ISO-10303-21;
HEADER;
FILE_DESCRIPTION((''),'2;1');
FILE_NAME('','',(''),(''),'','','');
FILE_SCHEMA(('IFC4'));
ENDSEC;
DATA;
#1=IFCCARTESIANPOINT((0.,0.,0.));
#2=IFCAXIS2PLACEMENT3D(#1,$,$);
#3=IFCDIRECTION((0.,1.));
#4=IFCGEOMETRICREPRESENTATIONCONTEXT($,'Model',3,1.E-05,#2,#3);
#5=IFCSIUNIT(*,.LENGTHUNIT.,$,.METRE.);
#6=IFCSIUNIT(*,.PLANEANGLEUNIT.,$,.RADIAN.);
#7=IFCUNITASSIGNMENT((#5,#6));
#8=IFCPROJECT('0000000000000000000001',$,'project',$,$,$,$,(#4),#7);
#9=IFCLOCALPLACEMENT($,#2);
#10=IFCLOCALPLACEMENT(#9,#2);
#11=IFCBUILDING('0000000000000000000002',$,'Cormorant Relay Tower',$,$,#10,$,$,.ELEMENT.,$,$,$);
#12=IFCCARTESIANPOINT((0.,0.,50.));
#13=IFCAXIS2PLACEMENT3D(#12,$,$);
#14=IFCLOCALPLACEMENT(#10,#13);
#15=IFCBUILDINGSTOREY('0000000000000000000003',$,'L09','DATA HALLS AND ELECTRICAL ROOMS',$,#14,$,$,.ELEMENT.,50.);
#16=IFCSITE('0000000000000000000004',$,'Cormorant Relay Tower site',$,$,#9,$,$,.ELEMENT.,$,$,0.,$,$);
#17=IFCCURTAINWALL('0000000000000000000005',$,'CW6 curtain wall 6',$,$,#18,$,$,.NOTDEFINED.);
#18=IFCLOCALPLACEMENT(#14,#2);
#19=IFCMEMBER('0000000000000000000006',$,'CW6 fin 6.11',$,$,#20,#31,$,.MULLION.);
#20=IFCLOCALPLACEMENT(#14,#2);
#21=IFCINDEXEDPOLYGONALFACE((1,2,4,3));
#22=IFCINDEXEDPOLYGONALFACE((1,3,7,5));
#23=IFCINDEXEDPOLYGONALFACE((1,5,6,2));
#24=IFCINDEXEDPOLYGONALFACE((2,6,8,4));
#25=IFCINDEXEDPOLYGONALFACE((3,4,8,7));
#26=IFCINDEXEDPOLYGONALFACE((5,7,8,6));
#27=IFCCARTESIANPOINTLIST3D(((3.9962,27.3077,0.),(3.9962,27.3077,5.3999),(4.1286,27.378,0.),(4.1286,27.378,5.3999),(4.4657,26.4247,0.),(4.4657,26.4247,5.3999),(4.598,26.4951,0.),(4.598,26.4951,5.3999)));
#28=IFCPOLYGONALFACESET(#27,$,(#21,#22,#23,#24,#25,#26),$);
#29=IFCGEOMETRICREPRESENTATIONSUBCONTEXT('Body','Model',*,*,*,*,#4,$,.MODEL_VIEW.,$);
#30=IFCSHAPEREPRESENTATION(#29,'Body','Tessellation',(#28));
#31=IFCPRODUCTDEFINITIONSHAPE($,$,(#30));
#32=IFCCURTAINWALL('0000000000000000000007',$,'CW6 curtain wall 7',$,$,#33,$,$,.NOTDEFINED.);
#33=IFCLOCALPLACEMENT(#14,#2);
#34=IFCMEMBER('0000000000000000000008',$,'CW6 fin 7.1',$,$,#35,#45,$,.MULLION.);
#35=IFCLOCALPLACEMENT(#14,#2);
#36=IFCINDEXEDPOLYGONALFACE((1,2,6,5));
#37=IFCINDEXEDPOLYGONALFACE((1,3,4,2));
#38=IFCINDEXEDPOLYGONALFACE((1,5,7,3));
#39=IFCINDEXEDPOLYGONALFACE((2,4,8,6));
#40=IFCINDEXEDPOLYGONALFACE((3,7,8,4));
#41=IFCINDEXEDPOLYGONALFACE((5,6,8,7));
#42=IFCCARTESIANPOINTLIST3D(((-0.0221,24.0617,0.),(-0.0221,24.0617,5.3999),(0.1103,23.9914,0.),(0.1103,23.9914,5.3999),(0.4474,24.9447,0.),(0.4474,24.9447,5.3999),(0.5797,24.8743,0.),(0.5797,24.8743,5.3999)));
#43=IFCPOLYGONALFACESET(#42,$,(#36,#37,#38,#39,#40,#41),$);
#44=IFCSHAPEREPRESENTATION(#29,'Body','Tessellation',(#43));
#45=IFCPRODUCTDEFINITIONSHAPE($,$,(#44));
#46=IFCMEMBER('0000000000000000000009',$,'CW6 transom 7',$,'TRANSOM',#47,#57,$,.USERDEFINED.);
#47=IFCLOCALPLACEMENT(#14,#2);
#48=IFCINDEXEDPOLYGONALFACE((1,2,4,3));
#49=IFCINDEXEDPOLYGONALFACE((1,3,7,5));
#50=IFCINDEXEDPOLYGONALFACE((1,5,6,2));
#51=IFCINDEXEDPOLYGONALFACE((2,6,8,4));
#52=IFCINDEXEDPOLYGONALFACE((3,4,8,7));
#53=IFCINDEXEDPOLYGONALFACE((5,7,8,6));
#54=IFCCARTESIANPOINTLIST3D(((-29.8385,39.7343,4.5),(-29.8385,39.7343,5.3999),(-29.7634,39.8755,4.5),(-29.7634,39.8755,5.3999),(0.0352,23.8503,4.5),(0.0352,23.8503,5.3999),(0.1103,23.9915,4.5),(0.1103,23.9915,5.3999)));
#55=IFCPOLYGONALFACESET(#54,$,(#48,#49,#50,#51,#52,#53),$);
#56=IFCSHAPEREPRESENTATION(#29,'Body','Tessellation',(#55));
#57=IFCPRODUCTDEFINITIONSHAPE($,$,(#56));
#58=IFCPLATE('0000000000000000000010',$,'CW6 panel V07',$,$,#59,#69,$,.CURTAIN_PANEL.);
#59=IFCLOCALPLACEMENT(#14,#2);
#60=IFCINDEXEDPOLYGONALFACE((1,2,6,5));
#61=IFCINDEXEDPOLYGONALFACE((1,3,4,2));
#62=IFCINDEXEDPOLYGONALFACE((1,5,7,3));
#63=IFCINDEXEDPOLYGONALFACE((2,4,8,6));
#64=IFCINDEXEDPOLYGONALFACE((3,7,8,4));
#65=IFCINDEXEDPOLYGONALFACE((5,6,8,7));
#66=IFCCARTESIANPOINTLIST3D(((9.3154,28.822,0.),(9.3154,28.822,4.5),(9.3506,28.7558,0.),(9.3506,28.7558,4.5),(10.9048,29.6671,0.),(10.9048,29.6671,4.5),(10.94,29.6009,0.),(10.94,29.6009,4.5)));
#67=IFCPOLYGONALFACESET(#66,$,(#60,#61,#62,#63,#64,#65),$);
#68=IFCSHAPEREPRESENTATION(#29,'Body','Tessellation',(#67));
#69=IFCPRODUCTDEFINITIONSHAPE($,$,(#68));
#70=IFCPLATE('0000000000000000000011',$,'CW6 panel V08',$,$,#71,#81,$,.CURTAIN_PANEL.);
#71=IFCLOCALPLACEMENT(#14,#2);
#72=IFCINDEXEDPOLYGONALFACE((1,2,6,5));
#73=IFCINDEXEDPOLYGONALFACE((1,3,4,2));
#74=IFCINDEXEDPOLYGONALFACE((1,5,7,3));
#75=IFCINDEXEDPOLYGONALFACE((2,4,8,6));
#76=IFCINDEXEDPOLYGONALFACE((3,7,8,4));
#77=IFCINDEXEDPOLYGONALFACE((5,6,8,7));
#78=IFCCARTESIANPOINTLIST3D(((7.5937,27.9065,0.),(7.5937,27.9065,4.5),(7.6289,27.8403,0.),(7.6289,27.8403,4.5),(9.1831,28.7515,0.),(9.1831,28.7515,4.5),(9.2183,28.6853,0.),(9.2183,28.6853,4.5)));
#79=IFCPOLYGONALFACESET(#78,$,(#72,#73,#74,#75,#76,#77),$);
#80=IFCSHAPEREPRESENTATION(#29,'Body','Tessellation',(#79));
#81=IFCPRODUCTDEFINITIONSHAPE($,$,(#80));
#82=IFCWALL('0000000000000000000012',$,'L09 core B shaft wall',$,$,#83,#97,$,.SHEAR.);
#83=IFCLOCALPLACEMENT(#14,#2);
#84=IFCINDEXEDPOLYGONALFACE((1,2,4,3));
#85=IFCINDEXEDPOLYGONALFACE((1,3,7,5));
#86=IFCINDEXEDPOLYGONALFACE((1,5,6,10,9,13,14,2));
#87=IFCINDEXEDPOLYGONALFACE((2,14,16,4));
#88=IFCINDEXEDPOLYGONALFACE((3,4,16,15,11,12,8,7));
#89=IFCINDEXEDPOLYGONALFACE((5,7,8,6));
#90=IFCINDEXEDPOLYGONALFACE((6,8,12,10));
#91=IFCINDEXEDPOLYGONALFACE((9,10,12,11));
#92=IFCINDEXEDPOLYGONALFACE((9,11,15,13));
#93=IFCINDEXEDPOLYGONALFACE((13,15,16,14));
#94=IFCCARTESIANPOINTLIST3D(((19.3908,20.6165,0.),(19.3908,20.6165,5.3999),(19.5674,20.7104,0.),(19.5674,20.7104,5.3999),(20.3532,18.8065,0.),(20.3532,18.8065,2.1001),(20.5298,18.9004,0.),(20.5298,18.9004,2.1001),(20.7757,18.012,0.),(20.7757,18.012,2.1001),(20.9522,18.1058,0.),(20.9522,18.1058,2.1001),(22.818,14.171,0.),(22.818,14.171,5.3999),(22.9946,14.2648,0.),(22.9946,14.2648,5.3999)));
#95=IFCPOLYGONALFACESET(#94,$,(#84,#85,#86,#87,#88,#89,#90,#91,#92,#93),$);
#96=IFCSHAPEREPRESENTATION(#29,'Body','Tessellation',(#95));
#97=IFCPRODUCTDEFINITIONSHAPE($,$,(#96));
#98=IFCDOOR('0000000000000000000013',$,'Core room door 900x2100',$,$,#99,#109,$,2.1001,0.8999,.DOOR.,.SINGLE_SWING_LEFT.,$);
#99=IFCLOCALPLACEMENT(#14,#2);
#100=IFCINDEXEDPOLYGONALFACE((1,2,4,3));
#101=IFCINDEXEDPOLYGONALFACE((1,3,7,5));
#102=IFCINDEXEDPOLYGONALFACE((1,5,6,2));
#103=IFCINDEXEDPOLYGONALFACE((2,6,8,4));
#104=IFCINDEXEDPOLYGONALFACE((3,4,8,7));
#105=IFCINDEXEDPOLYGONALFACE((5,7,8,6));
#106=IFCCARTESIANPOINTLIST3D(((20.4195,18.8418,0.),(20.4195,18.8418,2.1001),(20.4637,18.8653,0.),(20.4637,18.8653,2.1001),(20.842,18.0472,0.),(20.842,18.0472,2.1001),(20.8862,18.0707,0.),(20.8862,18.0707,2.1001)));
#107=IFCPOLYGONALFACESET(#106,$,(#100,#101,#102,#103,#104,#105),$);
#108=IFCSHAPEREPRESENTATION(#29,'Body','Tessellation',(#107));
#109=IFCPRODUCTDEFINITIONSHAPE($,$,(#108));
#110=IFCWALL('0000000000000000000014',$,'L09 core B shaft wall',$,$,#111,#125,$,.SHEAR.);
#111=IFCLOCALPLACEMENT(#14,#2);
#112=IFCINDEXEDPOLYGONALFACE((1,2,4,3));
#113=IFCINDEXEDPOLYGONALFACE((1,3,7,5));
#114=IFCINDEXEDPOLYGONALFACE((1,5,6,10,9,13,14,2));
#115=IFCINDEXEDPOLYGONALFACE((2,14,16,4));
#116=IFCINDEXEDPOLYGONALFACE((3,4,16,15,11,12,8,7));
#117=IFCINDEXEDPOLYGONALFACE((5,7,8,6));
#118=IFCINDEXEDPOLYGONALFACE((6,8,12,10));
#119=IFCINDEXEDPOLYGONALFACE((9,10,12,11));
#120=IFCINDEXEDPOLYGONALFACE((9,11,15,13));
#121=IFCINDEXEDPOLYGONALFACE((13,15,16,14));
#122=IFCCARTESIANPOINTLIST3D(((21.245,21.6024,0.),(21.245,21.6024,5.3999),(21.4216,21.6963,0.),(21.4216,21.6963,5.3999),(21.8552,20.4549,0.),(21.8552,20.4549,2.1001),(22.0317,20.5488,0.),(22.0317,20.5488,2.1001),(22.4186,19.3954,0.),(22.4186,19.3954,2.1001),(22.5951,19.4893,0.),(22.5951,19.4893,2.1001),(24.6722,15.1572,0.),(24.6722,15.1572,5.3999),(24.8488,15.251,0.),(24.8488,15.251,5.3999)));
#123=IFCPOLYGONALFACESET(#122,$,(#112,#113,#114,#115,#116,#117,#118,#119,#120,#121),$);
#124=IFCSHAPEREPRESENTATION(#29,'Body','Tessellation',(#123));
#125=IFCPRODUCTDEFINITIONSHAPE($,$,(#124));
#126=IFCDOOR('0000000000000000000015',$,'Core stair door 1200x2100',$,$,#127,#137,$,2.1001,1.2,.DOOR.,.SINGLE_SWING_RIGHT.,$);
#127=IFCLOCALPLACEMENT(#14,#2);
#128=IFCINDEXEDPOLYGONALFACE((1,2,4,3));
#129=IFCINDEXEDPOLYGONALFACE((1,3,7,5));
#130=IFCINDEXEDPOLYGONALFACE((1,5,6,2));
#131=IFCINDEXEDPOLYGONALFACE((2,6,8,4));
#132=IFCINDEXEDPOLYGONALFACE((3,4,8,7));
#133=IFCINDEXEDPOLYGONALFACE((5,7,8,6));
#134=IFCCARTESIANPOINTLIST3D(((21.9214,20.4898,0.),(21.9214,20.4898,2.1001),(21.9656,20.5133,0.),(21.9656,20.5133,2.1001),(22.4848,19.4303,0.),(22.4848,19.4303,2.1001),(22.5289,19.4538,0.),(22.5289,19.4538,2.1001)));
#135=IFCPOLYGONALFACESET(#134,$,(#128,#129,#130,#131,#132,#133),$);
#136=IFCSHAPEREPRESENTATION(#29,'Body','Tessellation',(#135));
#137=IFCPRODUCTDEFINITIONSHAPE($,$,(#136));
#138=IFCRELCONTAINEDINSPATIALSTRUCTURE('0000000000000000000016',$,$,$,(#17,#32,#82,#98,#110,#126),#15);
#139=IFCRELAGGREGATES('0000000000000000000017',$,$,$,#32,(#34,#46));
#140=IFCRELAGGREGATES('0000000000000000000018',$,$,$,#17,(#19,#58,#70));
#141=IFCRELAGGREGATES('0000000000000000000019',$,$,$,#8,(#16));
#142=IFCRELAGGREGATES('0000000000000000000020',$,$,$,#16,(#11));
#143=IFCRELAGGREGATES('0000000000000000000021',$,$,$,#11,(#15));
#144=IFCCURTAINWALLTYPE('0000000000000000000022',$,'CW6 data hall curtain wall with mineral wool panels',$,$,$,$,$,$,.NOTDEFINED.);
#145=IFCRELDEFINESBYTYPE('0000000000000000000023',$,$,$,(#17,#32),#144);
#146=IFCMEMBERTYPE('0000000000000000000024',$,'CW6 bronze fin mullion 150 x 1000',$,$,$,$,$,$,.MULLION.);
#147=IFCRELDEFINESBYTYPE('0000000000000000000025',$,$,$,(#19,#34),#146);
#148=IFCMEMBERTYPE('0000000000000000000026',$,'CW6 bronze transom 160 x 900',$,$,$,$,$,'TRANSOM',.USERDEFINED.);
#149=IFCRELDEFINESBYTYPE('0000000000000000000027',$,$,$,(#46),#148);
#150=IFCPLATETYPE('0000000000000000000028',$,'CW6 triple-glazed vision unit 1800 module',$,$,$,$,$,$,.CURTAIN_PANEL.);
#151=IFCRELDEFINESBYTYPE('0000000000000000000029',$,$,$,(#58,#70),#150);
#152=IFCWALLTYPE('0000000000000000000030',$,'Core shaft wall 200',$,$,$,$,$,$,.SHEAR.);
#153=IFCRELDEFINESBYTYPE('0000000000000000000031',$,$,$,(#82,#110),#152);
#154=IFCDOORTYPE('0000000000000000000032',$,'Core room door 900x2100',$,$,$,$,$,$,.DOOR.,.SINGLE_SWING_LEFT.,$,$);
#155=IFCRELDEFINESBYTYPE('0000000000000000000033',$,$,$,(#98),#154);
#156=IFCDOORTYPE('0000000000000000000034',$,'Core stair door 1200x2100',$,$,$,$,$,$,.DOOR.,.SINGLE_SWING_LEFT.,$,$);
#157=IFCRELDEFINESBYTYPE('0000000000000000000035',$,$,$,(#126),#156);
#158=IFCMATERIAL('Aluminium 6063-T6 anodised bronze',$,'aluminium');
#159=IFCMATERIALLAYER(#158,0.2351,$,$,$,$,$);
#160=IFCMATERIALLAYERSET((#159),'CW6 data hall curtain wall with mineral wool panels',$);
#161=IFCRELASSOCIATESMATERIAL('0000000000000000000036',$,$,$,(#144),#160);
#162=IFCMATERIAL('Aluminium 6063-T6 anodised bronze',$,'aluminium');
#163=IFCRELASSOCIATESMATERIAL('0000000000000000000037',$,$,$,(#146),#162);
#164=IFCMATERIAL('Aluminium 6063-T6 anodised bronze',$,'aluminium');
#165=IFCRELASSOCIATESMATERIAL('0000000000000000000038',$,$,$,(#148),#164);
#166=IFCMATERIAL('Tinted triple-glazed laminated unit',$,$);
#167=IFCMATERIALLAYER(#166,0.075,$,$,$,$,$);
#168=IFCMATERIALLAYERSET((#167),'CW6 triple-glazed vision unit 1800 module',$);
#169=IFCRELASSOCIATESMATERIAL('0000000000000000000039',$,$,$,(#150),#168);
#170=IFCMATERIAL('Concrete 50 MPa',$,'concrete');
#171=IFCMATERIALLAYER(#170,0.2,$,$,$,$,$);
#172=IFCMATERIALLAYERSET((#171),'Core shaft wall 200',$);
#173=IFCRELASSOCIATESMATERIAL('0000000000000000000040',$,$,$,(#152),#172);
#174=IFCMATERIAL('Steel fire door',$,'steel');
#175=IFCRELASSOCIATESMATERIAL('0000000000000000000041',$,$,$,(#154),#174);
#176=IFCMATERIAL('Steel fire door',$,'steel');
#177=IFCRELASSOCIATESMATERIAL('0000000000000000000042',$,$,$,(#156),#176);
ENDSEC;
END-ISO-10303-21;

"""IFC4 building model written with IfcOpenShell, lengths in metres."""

from ifc_helpers import new_model, si_unit, direction, frame, frame_2d, origin, origin_2d, place, context, subcontext, project, spatial, rectangle, extrude, material, layer, layer_set, material_profile, profile_set, type_object, element, fill, aggregate, save


model = new_model("IFC4")

# Units and contexts
model_context = context("Model", 3, precision=1e-05, world=origin(), true_north=direction((0.0, 1.0)))
body_context = subcontext(model_context, "Body", "Model", "MODEL_VIEW")
ifc_project = project(units=[si_unit("LENGTHUNIT", "METRE"), si_unit("PLANEANGLEUNIT", "RADIAN")], contexts=[model_context])

# Site, building, storey
site_placement = place(None, origin())
site = spatial("IfcSite", under=ifc_project, at=site_placement, Name="Cormorant Relay Tower site", CompositionType="ELEMENT", RefElevation=0.0)
building_placement = place(site_placement, origin())
building = spatial("IfcBuilding", under=site, at=building_placement, Name="Cormorant Relay Tower", CompositionType="ELEMENT")
storey_placement = place(building_placement, frame((0.0, 0.0, 50.0)))
storey = spatial("IfcBuildingStorey", under=building, at=storey_placement, Name="L09", Description="DATA HALLS AND ELECTRICAL ROOMS", CompositionType="ELEMENT", Elevation=50.0)

# Curtain walls, members
ifc_material_1 = material(Name="Aluminium 6063-T6 anodised bronze", Category="aluminium")
ifc_layer_1 = layer(ifc_material_1, 0.2351)
ifc_layer_set_1 = layer_set([ifc_layer_1], Name="CW6 data hall curtain wall with mineral wool panels")
curtain_wall_type = type_object("IfcCurtainWallType", Name="CW6 data hall curtain wall with mineral wool panels", PredefinedType="NOTDEFINED", material=ifc_layer_set_1)
curtain_wall_1_placement = place(storey_placement, origin())
curtain_wall_1 = element("IfcCurtainWall", 1, at=curtain_wall_1_placement, inside=storey, type_object=curtain_wall_type, Name="CW6 curtain wall 6", PredefinedType="NOTDEFINED")
ifc_material_2 = material(Name="Aluminium 6063-T6 anodised bronze", Category="aluminium")
ifc_material_profile_1 = material_profile(ifc_material_2, rectangle(XDim=0.1499, YDim=1.0, at=origin_2d()), Name="AL 150x1000")
ifc_profile_set_1 = profile_set([ifc_material_profile_1], Name="Aluminium 6063-T6 anodised bronze")
member_type_1 = type_object("IfcMemberType", Name="CW6 bronze fin mullion 150 x 1000", PredefinedType="MULLION", material=ifc_profile_set_1)
member_1_placement = place(storey_placement, frame((4.2971, 26.9014, 0.0), z_axis=(0.0, 0.0, 1.0), x_axis=(-0.882948, -0.469472, 0.0)))
member_1 = element("IfcMember", 2, at=member_1_placement, type_object=member_type_1, Name="CW6 fin 6.11", PredefinedType="MULLION", context=body_context, shape_type="SweptSolid", body=[
    extrude(rectangle(XDim=0.1499, YDim=1.0, at=origin_2d()), origin(), (0.0, 0.0, 1.0), 5.3999),
])
curtain_wall_2_placement = place(storey_placement, origin())
curtain_wall_2 = element("IfcCurtainWall", 3, at=curtain_wall_2_placement, inside=storey, type_object=curtain_wall_type, Name="CW6 curtain wall 7", PredefinedType="NOTDEFINED")
member_2_placement = place(storey_placement, frame((0.2788, 24.468, 0.0), z_axis=(0.0, 0.0, 1.0), x_axis=(-0.882948, 0.469472, 0.0)))
member_2 = element("IfcMember", 4, at=member_2_placement, type_object=member_type_1, Name="CW6 fin 7.1", PredefinedType="MULLION", context=body_context, shape_type="SweptSolid", body=[
    extrude(rectangle(XDim=0.1499, YDim=1.0, at=origin_2d()), origin(), (0.0, 0.0, 1.0), 5.3999),
])
ifc_material_3 = material(Name="Aluminium 6063-T6 anodised bronze", Category="aluminium")
ifc_material_profile_2 = material_profile(ifc_material_3, rectangle(XDim=0.1599, YDim=0.8999, at=origin_2d()), Name="AL 160x900")
ifc_profile_set_2 = profile_set([ifc_material_profile_2], Name="Aluminium 6063-T6 anodised bronze")
member_type_2 = type_object("IfcMemberType", Name="CW6 bronze transom 160 x 900", ElementType="TRANSOM", PredefinedType="USERDEFINED", material=ifc_profile_set_2)
member_3_placement = place(storey_placement, frame((0.0728, 23.9209, 4.95), z_axis=(-0.882949, 0.469468, 0.0), x_axis=(-0.469468, -0.882949, 0.0)))
member_3 = element("IfcMember", 5, at=member_3_placement, type_object=member_type_2, Name="CW6 transom 7", ObjectType="TRANSOM", PredefinedType="USERDEFINED", context=body_context, shape_type="SweptSolid", body=[
    extrude(rectangle(XDim=0.1599, YDim=0.8999, at=origin_2d()), origin(), (0.0, 0.0, 1.0), 33.834),
])
aggregate(curtain_wall_2, [member_2, member_3])

# Plates
ifc_material_4 = material(Name="Tinted triple-glazed laminated unit")
ifc_layer_2 = layer(ifc_material_4, 0.075)
ifc_layer_set_2 = layer_set([ifc_layer_2], Name="CW6 triple-glazed vision unit 1800 module")
plate_type = type_object("IfcPlateType", Name="CW6 triple-glazed vision unit 1800 module", PredefinedType="CURTAIN_PANEL", material=ifc_layer_set_2)
plate_1_placement = place(storey_placement, frame((10.1277, 29.2114, 0.0), z_axis=(0.0, 0.0, 1.0), x_axis=(-0.882948, -0.469472, 0.0)))
plate_1 = element("IfcPlate", 6, at=plate_1_placement, type_object=plate_type, Name="CW6 panel V07", PredefinedType="CURTAIN_PANEL", context=body_context, shape_type="SweptSolid", body=[
    extrude(rectangle(XDim=1.8, YDim=0.075, at=origin_2d()), origin(), (0.0, 0.0, 1.0), 4.5),
])
plate_2_placement = place(storey_placement, frame((8.406, 28.2959, 0.0), z_axis=(0.0, 0.0, 1.0), x_axis=(-0.882948, -0.469472, 0.0)))
plate_2 = element("IfcPlate", 7, at=plate_2_placement, type_object=plate_type, Name="CW6 panel V08", PredefinedType="CURTAIN_PANEL", context=body_context, shape_type="SweptSolid", body=[
    extrude(rectangle(XDim=1.8, YDim=0.075, at=origin_2d()), origin(), (0.0, 0.0, 1.0), 4.5),
])

# Walls, openings, doors
ifc_material_5 = material(Name="Concrete 50 MPa", Category="concrete")
ifc_layer_3 = layer(ifc_material_5, 0.2)
ifc_layer_set_3 = layer_set([ifc_layer_3], Name="Core shaft wall 200")
wall_type_1 = type_object("IfcWallType", Name="Core shaft wall 200", PredefinedType="SHEAR", material=ifc_layer_set_3)
wall_1_placement = place(storey_placement, frame((22.9062, 14.218, 0.0), z_axis=(0.0, 0.0, 1.0), x_axis=(-0.46948, 0.882943, 0.0)))
wall_1 = element("IfcWall", 8, at=wall_1_placement, inside=storey, type_object=wall_type_1, Name="L09 core B shaft wall", PredefinedType="SHEAR", context=body_context, shape_type="SweptSolid", body=[
    extrude(rectangle(XDim=7.3, YDim=0.2, at=frame_2d((3.6499, 0.0))), origin(), (0.0, 0.0, 1.0), 5.3999),
])
opening_1_placement = place(wall_1_placement, frame((4.3501, 0.0, 0.0)))
opening_1 = element("IfcOpeningElement", 9, at=opening_1_placement, cuts=wall_1, PredefinedType="OPENING", context=body_context, shape_type="SweptSolid", body=[
    extrude(rectangle(XDim=0.8999, YDim=2.1001, at=frame_2d((0.45, 1.05))), frame((0.0, 0.1099, 0.0), z_axis=(0.0, -1.0, 0.0), x_axis=(1.0, 0.0, 0.0)), (0.0, 0.0, 1.0), 0.22),
])
ifc_material_6 = material(Name="Steel fire door", Category="steel")
door_type_1 = type_object("IfcDoorType", Name="Core room door 900x2100", OperationType="SINGLE_SWING_LEFT", PredefinedType="DOOR", material=ifc_material_6)
door_1_placement = place(opening_1_placement, origin())
door_1 = element("IfcDoor", 10, at=door_1_placement, inside=storey, type_object=door_type_1, Name="Core room door 900x2100", OperationType="SINGLE_SWING_LEFT", OverallHeight=2.1001, OverallWidth=0.8999, PredefinedType="DOOR", context=body_context, shape_type="SweptSolid", body=[
    extrude(rectangle(XDim=0.8999, YDim=2.1001, at=frame_2d((0.45, 1.05))), frame((0.0, 0.0249, 0.0), z_axis=(0.0, -1.0, 0.0), x_axis=(1.0, 0.0, 0.0)), (0.0, 0.0, 1.0), 0.05),
])
fill(opening_1, door_1)
wall_2_placement = place(storey_placement, frame((24.7605, 15.2041, 0.0), z_axis=(0.0, 0.0, 1.0), x_axis=(-0.469494, 0.882936, 0.0)))
wall_2 = element("IfcWall", 11, at=wall_2_placement, inside=storey, type_object=wall_type_1, Name="L09 core B shaft wall", PredefinedType="SHEAR", context=body_context, shape_type="SweptSolid", body=[
    extrude(rectangle(XDim=7.2998, YDim=0.2, at=frame_2d((3.6499, 0.0))), origin(), (0.0, 0.0, 1.0), 5.3999),
])
opening_2_placement = place(wall_2_placement, frame((4.8, 0.0, 0.0)))
opening_2 = element("IfcOpeningElement", 12, at=opening_2_placement, cuts=wall_2, PredefinedType="OPENING", context=body_context, shape_type="SweptSolid", body=[
    extrude(rectangle(XDim=1.2, YDim=2.1001, at=frame_2d((0.6001, 1.05))), frame((0.0, 0.1099, 0.0), z_axis=(0.0, -1.0, 0.0), x_axis=(1.0, 0.0, 0.0)), (0.0, 0.0, 1.0), 0.22),
])
ifc_material_7 = material(Name="Steel fire door", Category="steel")
door_type_2 = type_object("IfcDoorType", Name="Core stair door 1200x2100", OperationType="SINGLE_SWING_LEFT", PredefinedType="DOOR", material=ifc_material_7)
door_2_placement = place(opening_2_placement, frame((1.2, 0.0, 0.0), z_axis=(0.0, 0.0, 1.0), x_axis=(-1.0, 0.0, 0.0)))
door_2 = element("IfcDoor", 13, at=door_2_placement, inside=storey, type_object=door_type_2, Name="Core stair door 1200x2100", OperationType="SINGLE_SWING_RIGHT", OverallHeight=2.1001, OverallWidth=1.2, PredefinedType="DOOR", context=body_context, shape_type="SweptSolid", body=[
    extrude(rectangle(XDim=1.2, YDim=2.1001, at=frame_2d((0.6001, 1.05))), frame((0.0, 0.0249, 0.0), z_axis=(0.0, -1.0, 0.0), x_axis=(1.0, 0.0, 0.0)), (0.0, 0.0, 1.0), 0.05),
])
fill(opening_2, door_2)

aggregate(curtain_wall_1, [member_1, plate_1, plate_2])

save(model, "model.ifc")
